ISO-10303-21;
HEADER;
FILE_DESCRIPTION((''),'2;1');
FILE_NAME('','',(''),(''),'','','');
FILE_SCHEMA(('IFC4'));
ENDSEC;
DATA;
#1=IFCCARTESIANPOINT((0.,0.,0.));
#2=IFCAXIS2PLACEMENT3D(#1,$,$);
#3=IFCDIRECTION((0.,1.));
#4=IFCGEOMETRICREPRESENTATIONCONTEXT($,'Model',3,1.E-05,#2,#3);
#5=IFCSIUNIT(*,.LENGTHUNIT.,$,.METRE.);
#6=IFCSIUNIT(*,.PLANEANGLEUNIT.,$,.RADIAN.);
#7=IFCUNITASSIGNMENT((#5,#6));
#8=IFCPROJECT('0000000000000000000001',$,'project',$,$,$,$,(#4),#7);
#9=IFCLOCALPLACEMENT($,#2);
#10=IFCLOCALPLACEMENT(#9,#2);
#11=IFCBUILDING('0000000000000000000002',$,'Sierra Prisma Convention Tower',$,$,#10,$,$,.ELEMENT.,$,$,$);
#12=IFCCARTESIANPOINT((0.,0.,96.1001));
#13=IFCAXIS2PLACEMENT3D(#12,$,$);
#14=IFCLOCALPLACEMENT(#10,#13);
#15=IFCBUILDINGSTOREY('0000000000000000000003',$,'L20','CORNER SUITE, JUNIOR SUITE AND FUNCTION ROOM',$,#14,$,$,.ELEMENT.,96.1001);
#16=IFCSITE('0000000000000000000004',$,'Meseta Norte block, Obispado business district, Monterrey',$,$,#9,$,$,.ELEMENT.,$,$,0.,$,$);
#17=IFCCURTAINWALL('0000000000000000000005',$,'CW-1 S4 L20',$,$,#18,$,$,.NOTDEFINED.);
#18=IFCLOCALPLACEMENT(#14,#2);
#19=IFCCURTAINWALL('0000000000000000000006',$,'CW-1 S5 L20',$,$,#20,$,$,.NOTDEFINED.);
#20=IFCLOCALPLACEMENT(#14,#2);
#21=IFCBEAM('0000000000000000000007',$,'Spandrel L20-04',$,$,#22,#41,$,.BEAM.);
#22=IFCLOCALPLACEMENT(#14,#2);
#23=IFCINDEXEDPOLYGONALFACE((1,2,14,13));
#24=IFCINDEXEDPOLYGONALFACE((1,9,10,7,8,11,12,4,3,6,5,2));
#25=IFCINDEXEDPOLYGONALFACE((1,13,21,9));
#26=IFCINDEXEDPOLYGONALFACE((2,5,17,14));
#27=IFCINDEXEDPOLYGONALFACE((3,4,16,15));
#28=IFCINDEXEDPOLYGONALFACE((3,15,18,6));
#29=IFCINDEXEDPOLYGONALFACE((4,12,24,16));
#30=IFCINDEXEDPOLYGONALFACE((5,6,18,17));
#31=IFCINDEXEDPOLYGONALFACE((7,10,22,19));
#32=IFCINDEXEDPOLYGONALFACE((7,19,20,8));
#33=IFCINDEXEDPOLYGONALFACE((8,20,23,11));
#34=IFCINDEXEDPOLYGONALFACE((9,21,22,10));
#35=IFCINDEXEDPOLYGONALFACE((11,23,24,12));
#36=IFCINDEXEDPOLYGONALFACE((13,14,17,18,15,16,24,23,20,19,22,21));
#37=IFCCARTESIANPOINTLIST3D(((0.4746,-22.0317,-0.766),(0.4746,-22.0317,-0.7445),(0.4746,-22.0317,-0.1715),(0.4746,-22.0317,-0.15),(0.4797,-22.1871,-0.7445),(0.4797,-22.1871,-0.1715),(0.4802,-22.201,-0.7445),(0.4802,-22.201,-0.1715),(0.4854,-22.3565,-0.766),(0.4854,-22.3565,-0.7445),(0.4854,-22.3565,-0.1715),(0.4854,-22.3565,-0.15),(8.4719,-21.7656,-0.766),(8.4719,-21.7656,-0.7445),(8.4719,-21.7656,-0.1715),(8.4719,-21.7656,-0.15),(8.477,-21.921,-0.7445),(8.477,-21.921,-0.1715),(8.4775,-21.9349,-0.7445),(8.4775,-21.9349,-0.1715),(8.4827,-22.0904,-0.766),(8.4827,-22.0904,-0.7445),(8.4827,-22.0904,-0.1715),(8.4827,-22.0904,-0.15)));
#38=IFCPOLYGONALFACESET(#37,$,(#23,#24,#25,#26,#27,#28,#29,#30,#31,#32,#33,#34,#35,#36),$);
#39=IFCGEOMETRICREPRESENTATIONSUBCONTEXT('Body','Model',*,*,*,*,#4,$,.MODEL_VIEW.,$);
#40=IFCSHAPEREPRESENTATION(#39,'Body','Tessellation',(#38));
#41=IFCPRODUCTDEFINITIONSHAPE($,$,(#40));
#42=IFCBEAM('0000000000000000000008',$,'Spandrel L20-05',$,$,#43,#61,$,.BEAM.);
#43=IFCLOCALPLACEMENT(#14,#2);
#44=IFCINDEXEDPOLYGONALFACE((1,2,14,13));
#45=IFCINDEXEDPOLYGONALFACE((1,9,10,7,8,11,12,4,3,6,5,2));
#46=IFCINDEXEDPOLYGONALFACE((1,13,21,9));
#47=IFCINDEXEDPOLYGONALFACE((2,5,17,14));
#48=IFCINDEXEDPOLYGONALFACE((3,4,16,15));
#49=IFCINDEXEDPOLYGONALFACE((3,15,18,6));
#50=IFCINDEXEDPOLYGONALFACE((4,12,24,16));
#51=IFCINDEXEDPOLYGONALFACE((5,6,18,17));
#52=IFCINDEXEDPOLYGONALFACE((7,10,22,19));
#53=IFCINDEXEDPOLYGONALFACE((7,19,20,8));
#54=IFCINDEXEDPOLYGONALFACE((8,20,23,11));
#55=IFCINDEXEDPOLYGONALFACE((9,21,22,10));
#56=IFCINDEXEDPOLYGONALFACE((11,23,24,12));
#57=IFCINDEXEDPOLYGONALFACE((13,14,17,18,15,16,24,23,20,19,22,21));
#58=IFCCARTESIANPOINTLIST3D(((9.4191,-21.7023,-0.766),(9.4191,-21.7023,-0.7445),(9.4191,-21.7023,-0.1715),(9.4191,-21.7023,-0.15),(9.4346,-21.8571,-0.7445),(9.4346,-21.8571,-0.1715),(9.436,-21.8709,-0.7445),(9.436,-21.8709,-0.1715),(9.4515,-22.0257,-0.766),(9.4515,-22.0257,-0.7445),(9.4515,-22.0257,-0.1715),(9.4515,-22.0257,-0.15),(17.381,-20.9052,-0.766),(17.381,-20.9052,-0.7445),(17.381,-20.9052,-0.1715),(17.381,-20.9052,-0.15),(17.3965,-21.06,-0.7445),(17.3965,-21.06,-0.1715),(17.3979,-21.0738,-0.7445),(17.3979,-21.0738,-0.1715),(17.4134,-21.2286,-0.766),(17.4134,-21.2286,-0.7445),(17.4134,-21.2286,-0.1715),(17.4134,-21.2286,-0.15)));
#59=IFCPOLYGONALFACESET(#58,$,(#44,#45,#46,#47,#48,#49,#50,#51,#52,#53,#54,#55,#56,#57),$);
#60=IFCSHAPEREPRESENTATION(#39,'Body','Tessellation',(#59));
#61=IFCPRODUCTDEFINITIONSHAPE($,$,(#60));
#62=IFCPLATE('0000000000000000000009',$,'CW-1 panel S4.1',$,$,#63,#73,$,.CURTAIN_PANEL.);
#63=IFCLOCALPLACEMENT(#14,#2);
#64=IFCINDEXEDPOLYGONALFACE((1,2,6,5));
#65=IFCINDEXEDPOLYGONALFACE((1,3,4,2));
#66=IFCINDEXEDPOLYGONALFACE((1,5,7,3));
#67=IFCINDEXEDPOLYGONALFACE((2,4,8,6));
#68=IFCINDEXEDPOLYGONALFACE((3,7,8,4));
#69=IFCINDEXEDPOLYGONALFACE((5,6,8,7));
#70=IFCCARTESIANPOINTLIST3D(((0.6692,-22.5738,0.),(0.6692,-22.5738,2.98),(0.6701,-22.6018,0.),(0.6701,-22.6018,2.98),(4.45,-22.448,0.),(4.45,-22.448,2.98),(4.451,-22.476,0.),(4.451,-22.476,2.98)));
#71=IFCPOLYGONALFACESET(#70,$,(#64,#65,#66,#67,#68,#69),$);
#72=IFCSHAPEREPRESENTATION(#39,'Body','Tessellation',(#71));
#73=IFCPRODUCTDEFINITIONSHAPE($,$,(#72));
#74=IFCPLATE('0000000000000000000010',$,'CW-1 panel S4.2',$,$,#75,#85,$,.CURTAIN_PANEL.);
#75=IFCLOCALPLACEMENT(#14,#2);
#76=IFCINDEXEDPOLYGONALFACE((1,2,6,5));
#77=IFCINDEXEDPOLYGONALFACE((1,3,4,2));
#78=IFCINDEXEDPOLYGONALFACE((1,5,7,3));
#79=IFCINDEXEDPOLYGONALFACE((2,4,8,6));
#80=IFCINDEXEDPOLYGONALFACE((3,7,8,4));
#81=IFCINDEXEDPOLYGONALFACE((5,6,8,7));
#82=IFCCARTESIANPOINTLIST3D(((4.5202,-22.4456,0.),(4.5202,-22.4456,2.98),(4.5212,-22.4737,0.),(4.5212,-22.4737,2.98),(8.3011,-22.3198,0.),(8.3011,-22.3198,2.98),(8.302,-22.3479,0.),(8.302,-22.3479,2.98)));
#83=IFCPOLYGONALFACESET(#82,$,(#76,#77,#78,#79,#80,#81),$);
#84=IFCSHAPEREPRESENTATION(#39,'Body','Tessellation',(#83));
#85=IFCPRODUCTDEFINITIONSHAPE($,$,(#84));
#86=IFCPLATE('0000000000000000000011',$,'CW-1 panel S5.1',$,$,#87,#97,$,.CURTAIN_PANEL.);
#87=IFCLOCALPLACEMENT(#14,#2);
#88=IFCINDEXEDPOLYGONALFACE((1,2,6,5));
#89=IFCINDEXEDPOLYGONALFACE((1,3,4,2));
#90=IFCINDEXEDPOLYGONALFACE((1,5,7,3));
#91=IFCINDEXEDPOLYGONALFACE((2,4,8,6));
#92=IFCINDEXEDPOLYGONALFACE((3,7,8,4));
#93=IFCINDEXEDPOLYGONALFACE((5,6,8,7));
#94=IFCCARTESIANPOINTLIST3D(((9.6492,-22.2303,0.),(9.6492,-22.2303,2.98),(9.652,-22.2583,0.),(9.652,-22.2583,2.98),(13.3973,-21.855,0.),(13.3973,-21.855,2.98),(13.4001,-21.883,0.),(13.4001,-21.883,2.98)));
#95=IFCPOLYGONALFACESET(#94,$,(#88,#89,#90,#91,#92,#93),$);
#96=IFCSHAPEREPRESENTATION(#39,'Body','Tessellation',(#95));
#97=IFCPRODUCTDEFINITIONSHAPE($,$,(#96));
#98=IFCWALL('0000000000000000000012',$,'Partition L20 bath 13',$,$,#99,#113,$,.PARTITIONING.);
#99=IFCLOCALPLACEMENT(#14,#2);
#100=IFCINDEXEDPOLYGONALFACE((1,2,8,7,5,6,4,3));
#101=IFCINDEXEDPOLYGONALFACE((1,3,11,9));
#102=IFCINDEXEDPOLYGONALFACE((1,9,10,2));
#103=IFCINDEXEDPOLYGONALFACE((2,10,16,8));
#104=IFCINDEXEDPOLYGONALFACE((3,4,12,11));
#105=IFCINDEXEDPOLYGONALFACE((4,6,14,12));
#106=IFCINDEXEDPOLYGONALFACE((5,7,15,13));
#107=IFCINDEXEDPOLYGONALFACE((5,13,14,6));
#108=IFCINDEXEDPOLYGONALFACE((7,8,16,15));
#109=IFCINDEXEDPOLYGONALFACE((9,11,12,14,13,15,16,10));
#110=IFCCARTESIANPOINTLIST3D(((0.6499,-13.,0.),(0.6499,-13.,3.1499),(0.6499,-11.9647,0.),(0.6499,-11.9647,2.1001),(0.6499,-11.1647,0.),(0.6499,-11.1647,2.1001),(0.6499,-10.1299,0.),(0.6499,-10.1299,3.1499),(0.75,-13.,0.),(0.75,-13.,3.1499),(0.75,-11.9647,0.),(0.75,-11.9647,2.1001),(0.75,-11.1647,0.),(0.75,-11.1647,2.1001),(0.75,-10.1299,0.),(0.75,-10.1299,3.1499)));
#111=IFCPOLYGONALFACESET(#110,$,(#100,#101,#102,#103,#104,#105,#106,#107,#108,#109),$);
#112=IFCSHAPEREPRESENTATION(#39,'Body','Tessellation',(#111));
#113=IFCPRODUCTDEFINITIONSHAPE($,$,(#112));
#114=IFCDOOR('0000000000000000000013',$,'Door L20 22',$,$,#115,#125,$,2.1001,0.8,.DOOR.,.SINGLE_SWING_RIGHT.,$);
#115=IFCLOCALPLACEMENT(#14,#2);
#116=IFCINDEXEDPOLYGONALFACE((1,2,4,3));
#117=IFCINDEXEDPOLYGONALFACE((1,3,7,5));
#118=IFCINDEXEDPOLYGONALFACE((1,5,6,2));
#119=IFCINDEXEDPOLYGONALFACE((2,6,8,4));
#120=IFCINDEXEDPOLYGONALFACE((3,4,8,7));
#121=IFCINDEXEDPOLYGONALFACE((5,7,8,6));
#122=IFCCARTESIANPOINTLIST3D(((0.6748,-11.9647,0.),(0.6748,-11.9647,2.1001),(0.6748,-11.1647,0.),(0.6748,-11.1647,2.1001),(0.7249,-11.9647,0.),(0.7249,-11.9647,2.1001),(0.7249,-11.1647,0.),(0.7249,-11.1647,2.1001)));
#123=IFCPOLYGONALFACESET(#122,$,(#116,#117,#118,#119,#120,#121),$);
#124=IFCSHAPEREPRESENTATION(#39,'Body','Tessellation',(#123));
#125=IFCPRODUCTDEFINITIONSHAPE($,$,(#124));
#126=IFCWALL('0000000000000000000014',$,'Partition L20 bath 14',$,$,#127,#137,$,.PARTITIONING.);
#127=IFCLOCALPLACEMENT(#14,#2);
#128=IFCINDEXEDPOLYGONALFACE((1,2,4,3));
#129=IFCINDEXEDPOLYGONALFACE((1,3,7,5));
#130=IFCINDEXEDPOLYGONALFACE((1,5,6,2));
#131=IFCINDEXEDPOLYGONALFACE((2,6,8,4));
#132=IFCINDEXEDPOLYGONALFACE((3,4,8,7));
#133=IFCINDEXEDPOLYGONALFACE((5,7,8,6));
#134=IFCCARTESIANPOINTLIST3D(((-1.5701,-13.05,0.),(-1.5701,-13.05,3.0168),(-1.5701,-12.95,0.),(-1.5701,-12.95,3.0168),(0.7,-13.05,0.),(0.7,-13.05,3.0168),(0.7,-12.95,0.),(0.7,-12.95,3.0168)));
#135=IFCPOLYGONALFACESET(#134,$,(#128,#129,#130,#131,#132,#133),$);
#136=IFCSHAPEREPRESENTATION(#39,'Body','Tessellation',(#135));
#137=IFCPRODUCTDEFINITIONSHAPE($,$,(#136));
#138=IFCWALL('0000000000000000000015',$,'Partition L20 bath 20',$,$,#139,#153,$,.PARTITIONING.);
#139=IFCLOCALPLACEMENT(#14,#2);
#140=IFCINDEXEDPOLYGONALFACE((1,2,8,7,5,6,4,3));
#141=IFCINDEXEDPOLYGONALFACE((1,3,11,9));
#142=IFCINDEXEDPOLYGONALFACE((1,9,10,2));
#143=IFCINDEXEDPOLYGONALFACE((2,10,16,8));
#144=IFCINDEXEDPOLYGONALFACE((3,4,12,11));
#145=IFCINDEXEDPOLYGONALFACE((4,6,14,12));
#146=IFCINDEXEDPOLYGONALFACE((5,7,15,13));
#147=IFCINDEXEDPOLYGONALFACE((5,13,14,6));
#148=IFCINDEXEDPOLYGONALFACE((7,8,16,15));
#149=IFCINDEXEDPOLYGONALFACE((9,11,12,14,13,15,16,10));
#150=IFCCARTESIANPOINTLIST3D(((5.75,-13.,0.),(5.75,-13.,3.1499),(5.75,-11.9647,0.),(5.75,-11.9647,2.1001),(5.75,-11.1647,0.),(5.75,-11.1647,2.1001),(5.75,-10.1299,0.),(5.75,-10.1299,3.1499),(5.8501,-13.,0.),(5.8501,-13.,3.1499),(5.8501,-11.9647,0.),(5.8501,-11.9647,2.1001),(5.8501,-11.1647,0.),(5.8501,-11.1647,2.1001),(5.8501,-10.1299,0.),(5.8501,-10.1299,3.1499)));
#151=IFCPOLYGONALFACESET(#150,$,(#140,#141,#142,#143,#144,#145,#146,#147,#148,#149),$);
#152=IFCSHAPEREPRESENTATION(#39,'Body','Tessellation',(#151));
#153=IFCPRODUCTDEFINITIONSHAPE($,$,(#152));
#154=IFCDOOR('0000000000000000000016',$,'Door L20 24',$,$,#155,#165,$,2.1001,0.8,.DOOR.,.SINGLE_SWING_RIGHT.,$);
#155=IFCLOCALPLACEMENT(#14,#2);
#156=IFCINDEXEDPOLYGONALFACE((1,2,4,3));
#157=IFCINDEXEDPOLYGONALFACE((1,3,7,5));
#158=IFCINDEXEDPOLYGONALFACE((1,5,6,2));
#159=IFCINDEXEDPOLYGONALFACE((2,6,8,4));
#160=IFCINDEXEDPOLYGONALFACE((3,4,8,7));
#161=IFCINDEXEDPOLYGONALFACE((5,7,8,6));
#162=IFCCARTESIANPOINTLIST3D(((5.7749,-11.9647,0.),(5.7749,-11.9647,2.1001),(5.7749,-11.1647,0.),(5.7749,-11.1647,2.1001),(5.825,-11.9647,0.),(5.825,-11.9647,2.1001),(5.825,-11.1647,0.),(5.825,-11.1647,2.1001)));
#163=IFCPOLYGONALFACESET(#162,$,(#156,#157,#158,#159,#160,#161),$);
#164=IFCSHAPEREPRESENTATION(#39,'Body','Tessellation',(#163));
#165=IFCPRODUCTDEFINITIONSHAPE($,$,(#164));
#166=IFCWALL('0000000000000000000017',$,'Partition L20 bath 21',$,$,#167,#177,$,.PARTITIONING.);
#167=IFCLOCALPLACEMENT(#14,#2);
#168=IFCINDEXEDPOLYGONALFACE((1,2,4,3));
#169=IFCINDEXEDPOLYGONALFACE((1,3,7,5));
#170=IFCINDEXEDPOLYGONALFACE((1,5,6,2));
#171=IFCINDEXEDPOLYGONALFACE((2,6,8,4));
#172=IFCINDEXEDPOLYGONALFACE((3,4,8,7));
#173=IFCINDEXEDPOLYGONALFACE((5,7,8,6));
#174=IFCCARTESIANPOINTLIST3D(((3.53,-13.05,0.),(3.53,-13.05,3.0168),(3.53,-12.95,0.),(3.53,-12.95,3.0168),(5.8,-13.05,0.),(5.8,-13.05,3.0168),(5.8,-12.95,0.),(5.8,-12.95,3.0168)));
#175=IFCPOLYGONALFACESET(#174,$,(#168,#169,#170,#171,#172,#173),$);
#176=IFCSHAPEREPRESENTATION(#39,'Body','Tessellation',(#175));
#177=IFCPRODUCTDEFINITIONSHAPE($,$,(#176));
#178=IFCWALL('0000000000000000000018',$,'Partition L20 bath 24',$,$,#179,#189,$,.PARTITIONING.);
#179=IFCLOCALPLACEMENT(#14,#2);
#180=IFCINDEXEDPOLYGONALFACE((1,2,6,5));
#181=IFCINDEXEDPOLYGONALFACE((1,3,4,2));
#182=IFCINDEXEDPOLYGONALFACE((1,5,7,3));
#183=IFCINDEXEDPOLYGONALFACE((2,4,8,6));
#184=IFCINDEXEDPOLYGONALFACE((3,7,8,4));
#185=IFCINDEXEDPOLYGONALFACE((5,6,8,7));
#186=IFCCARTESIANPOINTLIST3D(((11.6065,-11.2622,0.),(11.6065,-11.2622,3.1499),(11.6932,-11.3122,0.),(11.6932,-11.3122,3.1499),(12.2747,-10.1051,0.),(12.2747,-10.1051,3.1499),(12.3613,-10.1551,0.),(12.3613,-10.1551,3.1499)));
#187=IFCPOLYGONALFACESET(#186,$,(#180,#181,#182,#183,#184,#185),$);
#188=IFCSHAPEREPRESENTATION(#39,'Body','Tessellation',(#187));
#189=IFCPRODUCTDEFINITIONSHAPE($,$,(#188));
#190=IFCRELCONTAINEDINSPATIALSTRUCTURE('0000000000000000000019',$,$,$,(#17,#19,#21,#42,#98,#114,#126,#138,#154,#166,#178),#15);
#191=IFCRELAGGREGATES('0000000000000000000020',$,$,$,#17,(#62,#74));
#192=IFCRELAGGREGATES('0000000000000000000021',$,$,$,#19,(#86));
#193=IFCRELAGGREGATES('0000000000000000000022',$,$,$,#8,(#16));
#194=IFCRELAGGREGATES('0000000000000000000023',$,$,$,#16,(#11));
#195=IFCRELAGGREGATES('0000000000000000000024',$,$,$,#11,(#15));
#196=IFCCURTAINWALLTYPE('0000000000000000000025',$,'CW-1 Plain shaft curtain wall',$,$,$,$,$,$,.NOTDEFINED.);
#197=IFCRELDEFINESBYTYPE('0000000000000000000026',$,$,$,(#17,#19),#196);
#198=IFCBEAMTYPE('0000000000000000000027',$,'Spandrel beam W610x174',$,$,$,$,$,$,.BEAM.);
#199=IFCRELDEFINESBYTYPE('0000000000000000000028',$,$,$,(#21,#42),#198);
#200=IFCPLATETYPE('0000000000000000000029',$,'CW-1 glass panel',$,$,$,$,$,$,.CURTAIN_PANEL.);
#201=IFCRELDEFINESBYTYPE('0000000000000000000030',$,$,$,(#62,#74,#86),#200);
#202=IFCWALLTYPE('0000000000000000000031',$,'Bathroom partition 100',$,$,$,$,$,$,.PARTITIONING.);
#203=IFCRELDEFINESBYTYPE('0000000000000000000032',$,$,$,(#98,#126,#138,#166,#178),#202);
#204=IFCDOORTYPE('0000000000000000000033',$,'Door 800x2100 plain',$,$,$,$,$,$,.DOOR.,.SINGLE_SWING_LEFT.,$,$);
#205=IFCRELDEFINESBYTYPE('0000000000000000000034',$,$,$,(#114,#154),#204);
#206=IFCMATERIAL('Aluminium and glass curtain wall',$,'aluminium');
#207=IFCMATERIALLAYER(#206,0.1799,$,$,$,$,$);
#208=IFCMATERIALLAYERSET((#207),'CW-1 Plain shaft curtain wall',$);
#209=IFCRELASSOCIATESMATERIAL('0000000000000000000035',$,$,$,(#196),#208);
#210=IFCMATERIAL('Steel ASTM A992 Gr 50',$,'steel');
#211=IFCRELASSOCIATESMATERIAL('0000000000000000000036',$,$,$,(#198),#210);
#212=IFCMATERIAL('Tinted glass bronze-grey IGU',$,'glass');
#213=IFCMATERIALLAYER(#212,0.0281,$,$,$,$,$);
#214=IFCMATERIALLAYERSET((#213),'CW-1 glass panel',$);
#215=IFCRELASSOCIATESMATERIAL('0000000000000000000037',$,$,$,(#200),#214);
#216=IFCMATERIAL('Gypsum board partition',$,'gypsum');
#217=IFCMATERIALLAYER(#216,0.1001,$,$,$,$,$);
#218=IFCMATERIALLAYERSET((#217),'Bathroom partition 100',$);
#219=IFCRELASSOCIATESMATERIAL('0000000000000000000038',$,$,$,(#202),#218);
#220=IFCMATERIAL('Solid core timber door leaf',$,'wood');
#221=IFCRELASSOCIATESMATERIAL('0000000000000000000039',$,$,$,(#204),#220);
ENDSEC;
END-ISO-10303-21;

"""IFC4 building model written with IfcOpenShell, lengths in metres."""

from ifc_helpers import new_model, si_unit, direction, frame, frame_2d, origin, origin_2d, place, context, subcontext, project, spatial, rectangle, i_section, extrude, material, layer, layer_set, material_profile, profile_set, type_object, element, fill, aggregate, save


model = new_model("IFC4")

# Units and contexts
model_context = context("Model", 3, precision=1e-05, world=origin(), true_north=direction((0.0, 1.0)))
body_context = subcontext(model_context, "Body", "Model", "MODEL_VIEW")
ifc_project = project(units=[si_unit("LENGTHUNIT", "METRE"), si_unit("PLANEANGLEUNIT", "RADIAN")], contexts=[model_context])

# Site, building, storey
site_placement = place(None, origin())
site = spatial("IfcSite", under=ifc_project, at=site_placement, Name="Meseta Norte block, Obispado business district, Monterrey", CompositionType="ELEMENT", RefElevation=0.0)
building_placement = place(site_placement, origin())
building = spatial("IfcBuilding", under=site, at=building_placement, Name="Sierra Prisma Convention Tower", CompositionType="ELEMENT")
storey_placement = place(building_placement, frame((0.0, 0.0, 96.1001)))
storey = spatial("IfcBuildingStorey", under=building, at=storey_placement, Name="L20", Description="CORNER SUITE, JUNIOR SUITE AND FUNCTION ROOM", CompositionType="ELEMENT", Elevation=96.1001)

# Curtain wall
ifc_material_1 = material(Name="Aluminium and glass curtain wall", Category="aluminium")
ifc_layer_1 = layer(ifc_material_1, 0.1799)
ifc_layer_set_1 = layer_set([ifc_layer_1], Name="CW-1 Plain shaft curtain wall")
curtain_wall_type = type_object("IfcCurtainWallType", Name="CW-1 Plain shaft curtain wall", PredefinedType="NOTDEFINED", material=ifc_layer_set_1)
curtain_wall_1_placement = place(storey_placement, origin())
curtain_wall_1 = element("IfcCurtainWall", 1, at=curtain_wall_1_placement, inside=storey, type_object=curtain_wall_type, Name="CW-1 S4 L20", PredefinedType="NOTDEFINED")

# Curtain wall
curtain_wall_2_placement = place(storey_placement, origin())
curtain_wall_2 = element("IfcCurtainWall", 2, at=curtain_wall_2_placement, inside=storey, type_object=curtain_wall_type, Name="CW-1 S5 L20", PredefinedType="NOTDEFINED")

# Beams
ifc_material_2 = material(Name="Steel ASTM A992 Gr 50", Category="steel")
ifc_material_profile_1 = material_profile(ifc_material_2, i_section(OverallWidth=0.325, OverallDepth=0.616, WebThickness=0.0139, FlangeThickness=0.0215, at=origin_2d()), Name="W610x174")
ifc_profile_set_1 = profile_set([ifc_material_profile_1], Name="Steel ASTM A992 Gr 50")
beam_type_1 = type_object("IfcBeamType", Name="Spandrel beam W610x174", PredefinedType="BEAM", material=ifc_profile_set_1)
for number, where, z_axis, x_axis, name in (
    (3, (0.48, -22.1941, -0.458), (0.999447, 0.033257, 0.0), (-0.033257, 0.999447, 0.0), "Spandrel L20-04"),
    (4, (9.4353, -21.864, -0.458), (0.995026, 0.099619, 0.0), (-0.099619, 0.995026, 0.0), "Spandrel L20-05"),
):
    element("IfcBeam", number, at=place(storey_placement, frame(where, z_axis=z_axis, x_axis=x_axis)), inside=storey, type_object=beam_type_1, Name=name, PredefinedType="BEAM", context=body_context, shape_type="SweptSolid", body=[
        extrude(i_section(OverallWidth=0.325, OverallDepth=0.616, WebThickness=0.0139, FlangeThickness=0.0215, at=origin_2d()), origin(), (0.0, 0.0, 1.0), 8.0017),
    ])

# Plates
ifc_material_3 = material(Name="Tinted glass bronze-grey IGU", Category="glass")
ifc_layer_2 = layer(ifc_material_3, 0.0281)
ifc_layer_set_2 = layer_set([ifc_layer_2], Name="CW-1 glass panel")
plate_type = type_object("IfcPlateType", Name="CW-1 glass panel", PredefinedType="CURTAIN_PANEL", material=ifc_layer_set_2)
plate_1_placement = place(storey_placement, frame((2.5601, -22.5249, 0.0), z_axis=(0.0, 0.0, 1.0), x_axis=(0.999447, 0.033259, 0.0)))
plate_1 = element("IfcPlate", 5, at=plate_1_placement, type_object=plate_type, Name="CW-1 panel S4.1", PredefinedType="CURTAIN_PANEL", context=body_context, shape_type="SweptSolid", body=[
    extrude(rectangle(XDim=3.783, YDim=0.0281, at=origin_2d()), origin(), (0.0, 0.0, 1.0), 2.98),
])
plate_2_placement = place(storey_placement, frame((6.4111, -22.3967, 0.0), z_axis=(0.0, 0.0, 1.0), x_axis=(0.999447, 0.033259, 0.0)))
plate_2 = element("IfcPlate", 6, at=plate_2_placement, type_object=plate_type, Name="CW-1 panel S4.2", PredefinedType="CURTAIN_PANEL", context=body_context, shape_type="SweptSolid", body=[
    extrude(rectangle(XDim=3.783, YDim=0.0281, at=origin_2d()), origin(), (0.0, 0.0, 1.0), 2.98),
])
aggregate(curtain_wall_1, [plate_1, plate_2])
plate_3_placement = place(storey_placement, frame((11.5247, -22.0566, 0.0), z_axis=(0.0, 0.0, 1.0), x_axis=(0.995025, 0.099629, 0.0)))
plate_3 = element("IfcPlate", 7, at=plate_3_placement, type_object=plate_type, Name="CW-1 panel S5.1", PredefinedType="CURTAIN_PANEL", context=body_context, shape_type="SweptSolid", body=[
    extrude(rectangle(XDim=3.7668, YDim=0.0281, at=origin_2d()), origin(), (0.0, 0.0, 1.0), 2.98),
])
aggregate(curtain_wall_2, [plate_3])

# Wall, opening, door
ifc_material_4 = material(Name="Gypsum board partition", Category="gypsum")
ifc_layer_3 = layer(ifc_material_4, 0.1001)
ifc_layer_set_3 = layer_set([ifc_layer_3], Name="Bathroom partition 100")
wall_type_1 = type_object("IfcWallType", Name="Bathroom partition 100", PredefinedType="PARTITIONING", material=ifc_layer_set_3)
wall_1_placement = place(storey_placement, frame((0.7, -10.1299, 0.0), z_axis=(0.0, 0.0, 1.0), x_axis=(0.0, -1.0, 0.0)))
wall_1 = element("IfcWall", 8, at=wall_1_placement, inside=storey, type_object=wall_type_1, Name="Partition L20 bath 13", PredefinedType="PARTITIONING", context=body_context, shape_type="SweptSolid", body=[
    extrude(rectangle(XDim=2.8701, YDim=0.1001, at=frame_2d((1.4351, 0.0))), origin(), (0.0, 0.0, 1.0), 3.1499),
])
opening_1_placement = place(wall_1_placement, frame((1.0349, 0.0, 0.0)))
opening_1 = element("IfcOpeningElement", 9, at=opening_1_placement, cuts=wall_1, PredefinedType="OPENING", context=body_context, shape_type="SweptSolid", body=[
    extrude(rectangle(XDim=0.8, YDim=2.1001, at=frame_2d((0.3999, 1.05))), frame((0.0, 0.05, 0.0), z_axis=(0.0, -1.0, 0.0), x_axis=(1.0, 0.0, 0.0)), (0.0, 0.0, 1.0), 0.1001),
])
ifc_material_5 = material(Name="Solid core timber door leaf", Category="wood")
door_type = type_object("IfcDoorType", Name="Door 800x2100 plain", OperationType="SINGLE_SWING_LEFT", PredefinedType="DOOR", material=ifc_material_5)
door_1_placement = place(opening_1_placement, origin())
door_1 = element("IfcDoor", 10, at=door_1_placement, inside=storey, type_object=door_type, Name="Door L20 22", OperationType="SINGLE_SWING_RIGHT", OverallHeight=2.1001, OverallWidth=0.8, PredefinedType="DOOR", context=body_context, shape_type="SweptSolid", body=[
    extrude(rectangle(XDim=0.8, YDim=2.1001, at=frame_2d((0.3999, 1.05))), frame((0.0, 0.0249, 0.0), z_axis=(0.0, -1.0, 0.0), x_axis=(1.0, 0.0, 0.0)), (0.0, 0.0, 1.0), 0.05),
])
fill(opening_1, door_1)

# Wall
wall_2_placement = place(storey_placement, frame((0.7, -13.0, 0.0), z_axis=(0.0, 0.0, 1.0), x_axis=(-1.0, 0.0, 0.0)))
element("IfcWall", 11, at=wall_2_placement, inside=storey, type_object=wall_type_1, Name="Partition L20 bath 14", PredefinedType="PARTITIONING", context=body_context, shape_type="SweptSolid", body=[
    extrude(rectangle(XDim=2.27, YDim=0.1001, at=frame_2d((1.135, 0.0))), origin(), (0.0, 0.0, 1.0), 3.0168),
])

# Wall, opening, door
wall_3_placement = place(storey_placement, frame((5.8, -10.1299, 0.0), z_axis=(0.0, 0.0, 1.0), x_axis=(0.0, -1.0, 0.0)))
wall_3 = element("IfcWall", 12, at=wall_3_placement, inside=storey, type_object=wall_type_1, Name="Partition L20 bath 20", PredefinedType="PARTITIONING", context=body_context, shape_type="SweptSolid", body=[
    extrude(rectangle(XDim=2.8701, YDim=0.1001, at=frame_2d((1.4351, 0.0))), origin(), (0.0, 0.0, 1.0), 3.1499),
])
opening_2_placement = place(wall_3_placement, frame((1.0349, 0.0, 0.0)))
opening_2 = element("IfcOpeningElement", 13, at=opening_2_placement, cuts=wall_3, PredefinedType="OPENING", context=body_context, shape_type="SweptSolid", body=[
    extrude(rectangle(XDim=0.8, YDim=2.1001, at=frame_2d((0.3999, 1.05))), frame((0.0, 0.05, 0.0), z_axis=(0.0, -1.0, 0.0), x_axis=(1.0, 0.0, 0.0)), (0.0, 0.0, 1.0), 0.1001),
])
door_2_placement = place(opening_2_placement, origin())
door_2 = element("IfcDoor", 14, at=door_2_placement, inside=storey, type_object=door_type, Name="Door L20 24", OperationType="SINGLE_SWING_RIGHT", OverallHeight=2.1001, OverallWidth=0.8, PredefinedType="DOOR", context=body_context, shape_type="SweptSolid", body=[
    extrude(rectangle(XDim=0.8, YDim=2.1001, at=frame_2d((0.3999, 1.05))), frame((0.0, 0.0249, 0.0), z_axis=(0.0, -1.0, 0.0), x_axis=(1.0, 0.0, 0.0)), (0.0, 0.0, 1.0), 0.05),
])
fill(opening_2, door_2)

# Walls
wall_4_placement = place(storey_placement, frame((5.8, -13.0, 0.0), z_axis=(0.0, 0.0, 1.0), x_axis=(-1.0, 0.0, 0.0)))
element("IfcWall", 15, at=wall_4_placement, inside=storey, type_object=wall_type_1, Name="Partition L20 bath 21", PredefinedType="PARTITIONING", context=body_context, shape_type="SweptSolid", body=[
    extrude(rectangle(XDim=2.27, YDim=0.1001, at=frame_2d((1.135, 0.0))), origin(), (0.0, 0.0, 1.0), 3.0168),
])
wall_5_placement = place(storey_placement, frame((11.6499, -11.2871, 0.0), z_axis=(0.0, 0.0, 1.0), x_axis=(0.500049, 0.865997, 0.0)))
element("IfcWall", 16, at=wall_5_placement, inside=storey, type_object=wall_type_1, Name="Partition L20 bath 24", PredefinedType="PARTITIONING", context=body_context, shape_type="SweptSolid", body=[
    extrude(rectangle(XDim=1.3362, YDim=0.1001, at=frame_2d((0.668, 0.0))), origin(), (0.0, 0.0, 1.0), 3.1499),
])

save(model, "model.ifc")
